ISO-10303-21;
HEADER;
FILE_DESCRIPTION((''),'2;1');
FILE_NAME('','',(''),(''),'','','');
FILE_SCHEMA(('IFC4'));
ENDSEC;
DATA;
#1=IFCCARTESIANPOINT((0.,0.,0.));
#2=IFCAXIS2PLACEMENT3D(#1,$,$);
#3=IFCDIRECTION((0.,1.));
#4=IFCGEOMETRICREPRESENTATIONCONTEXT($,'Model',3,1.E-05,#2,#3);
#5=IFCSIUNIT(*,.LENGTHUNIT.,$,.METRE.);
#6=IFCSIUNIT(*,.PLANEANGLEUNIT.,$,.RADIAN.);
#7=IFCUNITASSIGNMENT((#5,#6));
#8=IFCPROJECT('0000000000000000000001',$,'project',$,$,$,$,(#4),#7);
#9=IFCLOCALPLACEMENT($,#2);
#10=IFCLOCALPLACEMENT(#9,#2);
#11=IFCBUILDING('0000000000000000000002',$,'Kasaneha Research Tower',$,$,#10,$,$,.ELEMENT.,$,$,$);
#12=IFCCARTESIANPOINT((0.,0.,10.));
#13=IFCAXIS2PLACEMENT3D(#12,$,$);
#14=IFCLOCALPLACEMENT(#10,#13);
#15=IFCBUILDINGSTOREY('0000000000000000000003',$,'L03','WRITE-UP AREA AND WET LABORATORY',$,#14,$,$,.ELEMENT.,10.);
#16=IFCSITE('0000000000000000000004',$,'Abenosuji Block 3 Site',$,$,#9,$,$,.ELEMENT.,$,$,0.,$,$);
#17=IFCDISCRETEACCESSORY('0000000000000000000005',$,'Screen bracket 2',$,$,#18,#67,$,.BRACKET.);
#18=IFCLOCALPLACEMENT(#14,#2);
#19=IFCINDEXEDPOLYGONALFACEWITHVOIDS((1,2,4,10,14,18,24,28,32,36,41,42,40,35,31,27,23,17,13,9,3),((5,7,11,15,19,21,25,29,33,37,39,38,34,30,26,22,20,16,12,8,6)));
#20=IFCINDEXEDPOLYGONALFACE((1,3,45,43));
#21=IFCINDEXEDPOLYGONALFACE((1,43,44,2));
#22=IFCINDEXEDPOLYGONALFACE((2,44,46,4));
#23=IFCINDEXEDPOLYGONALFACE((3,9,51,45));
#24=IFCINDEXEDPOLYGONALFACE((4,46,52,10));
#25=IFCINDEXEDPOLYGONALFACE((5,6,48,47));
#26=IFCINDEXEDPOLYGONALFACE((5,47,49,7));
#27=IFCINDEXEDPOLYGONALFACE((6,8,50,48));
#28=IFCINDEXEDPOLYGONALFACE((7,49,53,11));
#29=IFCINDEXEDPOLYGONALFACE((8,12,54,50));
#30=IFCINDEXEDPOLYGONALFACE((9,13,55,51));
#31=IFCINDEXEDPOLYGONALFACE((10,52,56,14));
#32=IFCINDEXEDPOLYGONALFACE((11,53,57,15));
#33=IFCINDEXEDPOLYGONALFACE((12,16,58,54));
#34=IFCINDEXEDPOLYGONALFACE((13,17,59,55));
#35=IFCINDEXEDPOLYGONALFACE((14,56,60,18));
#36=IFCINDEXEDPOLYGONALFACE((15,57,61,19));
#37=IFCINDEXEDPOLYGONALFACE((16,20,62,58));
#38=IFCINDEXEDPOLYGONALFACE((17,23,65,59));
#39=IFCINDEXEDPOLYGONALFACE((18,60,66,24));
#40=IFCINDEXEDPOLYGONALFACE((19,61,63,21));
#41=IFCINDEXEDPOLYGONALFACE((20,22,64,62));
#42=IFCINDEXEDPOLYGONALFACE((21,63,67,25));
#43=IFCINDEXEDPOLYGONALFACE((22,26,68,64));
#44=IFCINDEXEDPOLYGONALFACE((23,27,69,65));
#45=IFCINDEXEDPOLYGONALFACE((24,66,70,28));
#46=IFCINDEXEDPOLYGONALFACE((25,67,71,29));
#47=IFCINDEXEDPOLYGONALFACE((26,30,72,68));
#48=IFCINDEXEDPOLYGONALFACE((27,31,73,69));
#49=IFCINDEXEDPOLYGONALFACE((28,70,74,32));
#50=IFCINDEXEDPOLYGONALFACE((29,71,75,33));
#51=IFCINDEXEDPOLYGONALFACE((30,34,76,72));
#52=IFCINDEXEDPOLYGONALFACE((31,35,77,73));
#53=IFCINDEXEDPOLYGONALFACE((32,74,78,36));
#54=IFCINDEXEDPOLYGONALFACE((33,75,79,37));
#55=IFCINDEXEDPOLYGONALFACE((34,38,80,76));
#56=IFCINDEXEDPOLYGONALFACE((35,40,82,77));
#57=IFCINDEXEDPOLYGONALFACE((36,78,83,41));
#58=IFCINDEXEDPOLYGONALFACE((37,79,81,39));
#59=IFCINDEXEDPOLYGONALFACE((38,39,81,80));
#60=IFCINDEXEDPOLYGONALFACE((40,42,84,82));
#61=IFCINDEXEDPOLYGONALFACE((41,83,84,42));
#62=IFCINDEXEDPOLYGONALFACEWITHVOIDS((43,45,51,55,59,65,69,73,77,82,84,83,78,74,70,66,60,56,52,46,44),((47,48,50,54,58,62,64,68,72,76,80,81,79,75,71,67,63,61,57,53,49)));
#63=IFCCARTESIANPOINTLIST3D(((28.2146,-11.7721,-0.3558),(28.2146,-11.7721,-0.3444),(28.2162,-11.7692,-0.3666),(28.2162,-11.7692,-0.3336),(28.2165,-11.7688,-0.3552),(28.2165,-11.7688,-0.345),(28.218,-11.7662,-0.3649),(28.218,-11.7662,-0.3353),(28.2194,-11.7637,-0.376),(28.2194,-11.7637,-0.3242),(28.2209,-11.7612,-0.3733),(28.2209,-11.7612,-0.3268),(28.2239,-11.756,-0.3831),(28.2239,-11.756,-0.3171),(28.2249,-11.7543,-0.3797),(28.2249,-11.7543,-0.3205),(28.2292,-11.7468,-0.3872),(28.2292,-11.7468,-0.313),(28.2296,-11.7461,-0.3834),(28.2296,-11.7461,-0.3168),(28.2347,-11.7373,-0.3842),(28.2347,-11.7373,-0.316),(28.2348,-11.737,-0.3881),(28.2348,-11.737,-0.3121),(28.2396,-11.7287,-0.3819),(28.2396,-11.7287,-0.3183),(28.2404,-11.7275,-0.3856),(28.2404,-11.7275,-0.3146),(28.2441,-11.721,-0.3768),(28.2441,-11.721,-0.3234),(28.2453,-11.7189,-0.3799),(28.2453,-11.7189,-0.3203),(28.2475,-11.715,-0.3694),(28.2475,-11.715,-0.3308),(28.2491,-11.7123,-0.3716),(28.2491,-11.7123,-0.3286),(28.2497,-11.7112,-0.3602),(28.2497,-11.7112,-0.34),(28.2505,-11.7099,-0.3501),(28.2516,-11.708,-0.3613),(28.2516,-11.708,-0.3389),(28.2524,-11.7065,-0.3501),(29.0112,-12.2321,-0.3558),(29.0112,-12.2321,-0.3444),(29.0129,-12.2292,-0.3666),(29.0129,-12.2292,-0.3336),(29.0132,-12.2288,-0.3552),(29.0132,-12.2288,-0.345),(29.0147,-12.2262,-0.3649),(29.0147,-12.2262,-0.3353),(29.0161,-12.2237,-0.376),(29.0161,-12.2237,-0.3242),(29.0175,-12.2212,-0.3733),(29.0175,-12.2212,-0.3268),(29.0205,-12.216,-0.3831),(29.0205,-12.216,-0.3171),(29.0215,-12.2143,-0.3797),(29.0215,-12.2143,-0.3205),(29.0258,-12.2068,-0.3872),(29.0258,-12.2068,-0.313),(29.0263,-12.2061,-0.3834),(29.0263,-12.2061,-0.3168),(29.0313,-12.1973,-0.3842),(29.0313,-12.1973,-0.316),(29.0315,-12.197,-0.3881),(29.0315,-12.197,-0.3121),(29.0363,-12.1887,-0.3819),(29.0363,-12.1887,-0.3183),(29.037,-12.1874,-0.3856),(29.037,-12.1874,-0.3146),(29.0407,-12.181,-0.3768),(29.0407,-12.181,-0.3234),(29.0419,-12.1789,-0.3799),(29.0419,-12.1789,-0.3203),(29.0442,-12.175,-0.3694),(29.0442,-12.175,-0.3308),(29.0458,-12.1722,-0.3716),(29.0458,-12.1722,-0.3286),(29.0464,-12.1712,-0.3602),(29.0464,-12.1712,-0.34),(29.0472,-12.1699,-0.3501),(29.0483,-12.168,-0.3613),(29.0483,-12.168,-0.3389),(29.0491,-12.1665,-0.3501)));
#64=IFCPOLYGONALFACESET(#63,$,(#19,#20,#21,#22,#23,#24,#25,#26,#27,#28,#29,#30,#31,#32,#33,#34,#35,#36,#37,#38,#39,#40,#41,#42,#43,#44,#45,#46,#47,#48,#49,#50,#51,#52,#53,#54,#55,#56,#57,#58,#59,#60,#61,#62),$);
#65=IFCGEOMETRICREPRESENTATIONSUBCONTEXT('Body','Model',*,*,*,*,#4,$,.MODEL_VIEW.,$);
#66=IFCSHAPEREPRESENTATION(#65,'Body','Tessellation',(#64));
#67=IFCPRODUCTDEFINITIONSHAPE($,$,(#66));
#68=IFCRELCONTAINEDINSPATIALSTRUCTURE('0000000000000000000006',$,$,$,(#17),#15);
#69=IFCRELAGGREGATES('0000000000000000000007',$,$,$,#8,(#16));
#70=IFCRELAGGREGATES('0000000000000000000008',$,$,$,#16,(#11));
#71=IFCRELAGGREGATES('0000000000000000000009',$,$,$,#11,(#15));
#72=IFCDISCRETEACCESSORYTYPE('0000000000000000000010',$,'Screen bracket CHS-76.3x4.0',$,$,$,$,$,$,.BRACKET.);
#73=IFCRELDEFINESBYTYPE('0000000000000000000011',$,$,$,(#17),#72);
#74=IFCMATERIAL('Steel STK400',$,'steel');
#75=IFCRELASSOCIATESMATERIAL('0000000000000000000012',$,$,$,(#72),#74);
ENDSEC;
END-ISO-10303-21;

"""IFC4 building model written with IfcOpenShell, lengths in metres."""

from ifc_helpers import new_model, si_unit, direction, frame, origin, origin_2d, place, context, subcontext, project, spatial, hollow_circle, extrude, material, material_profile, profile_set, type_object, element, save


model = new_model("IFC4")

# Units and contexts
model_context = context("Model", 3, precision=1e-05, world=origin(), true_north=direction((0.0, 1.0)))
body_context = subcontext(model_context, "Body", "Model", "MODEL_VIEW")
ifc_project = project(units=[si_unit("LENGTHUNIT", "METRE"), si_unit("PLANEANGLEUNIT", "RADIAN")], contexts=[model_context])

# Site, building, storey
site_placement = place(None, origin())
site = spatial("IfcSite", under=ifc_project, at=site_placement, Name="Abenosuji Block 3 Site", CompositionType="ELEMENT", RefElevation=0.0)
building_placement = place(site_placement, origin())
building = spatial("IfcBuilding", under=site, at=building_placement, Name="Kasaneha Research Tower", CompositionType="ELEMENT")
storey_placement = place(building_placement, frame((0.0, 0.0, 10.0)))
storey = spatial("IfcBuildingStorey", under=building, at=storey_placement, Name="L03", Description="WRITE-UP AREA AND WET LABORATORY", CompositionType="ELEMENT", Elevation=10.0)

# Discrete accessory
ifc_material_1 = material(Name="Steel STK400", Category="steel")
ifc_material_profile_1 = material_profile(ifc_material_1, hollow_circle(Radius=0.0381, WallThickness=0.0039, at=origin_2d()), Name="CHS-76.3x4.0")
ifc_profile_set_1 = profile_set([ifc_material_profile_1], Name="Steel STK400")
discrete_accessory_type = type_object("IfcDiscreteAccessoryType", Name="Screen bracket CHS-76.3x4.0", PredefinedType="BRACKET", material=ifc_profile_set_1)
for number, where, z_axis, x_axis, name in (
    (1, (28.2334, -11.7395, -0.3501), (0.866013, -0.500021, 0.0), (0.500021, 0.866013, 0.0), "Screen bracket 2"),
):
    element("IfcDiscreteAccessory", number, at=place(storey_placement, frame(where, z_axis=z_axis, x_axis=x_axis)), inside=storey, type_object=discrete_accessory_type, Name=name, PredefinedType="BRACKET", context=body_context, shape_type="SweptSolid", body=[
        extrude(hollow_circle(Radius=0.0381, WallThickness=0.0039, at=origin_2d()), origin(), (0.0, 0.0, 1.0), 0.9199),
    ])

save(model, "model.ifc")
